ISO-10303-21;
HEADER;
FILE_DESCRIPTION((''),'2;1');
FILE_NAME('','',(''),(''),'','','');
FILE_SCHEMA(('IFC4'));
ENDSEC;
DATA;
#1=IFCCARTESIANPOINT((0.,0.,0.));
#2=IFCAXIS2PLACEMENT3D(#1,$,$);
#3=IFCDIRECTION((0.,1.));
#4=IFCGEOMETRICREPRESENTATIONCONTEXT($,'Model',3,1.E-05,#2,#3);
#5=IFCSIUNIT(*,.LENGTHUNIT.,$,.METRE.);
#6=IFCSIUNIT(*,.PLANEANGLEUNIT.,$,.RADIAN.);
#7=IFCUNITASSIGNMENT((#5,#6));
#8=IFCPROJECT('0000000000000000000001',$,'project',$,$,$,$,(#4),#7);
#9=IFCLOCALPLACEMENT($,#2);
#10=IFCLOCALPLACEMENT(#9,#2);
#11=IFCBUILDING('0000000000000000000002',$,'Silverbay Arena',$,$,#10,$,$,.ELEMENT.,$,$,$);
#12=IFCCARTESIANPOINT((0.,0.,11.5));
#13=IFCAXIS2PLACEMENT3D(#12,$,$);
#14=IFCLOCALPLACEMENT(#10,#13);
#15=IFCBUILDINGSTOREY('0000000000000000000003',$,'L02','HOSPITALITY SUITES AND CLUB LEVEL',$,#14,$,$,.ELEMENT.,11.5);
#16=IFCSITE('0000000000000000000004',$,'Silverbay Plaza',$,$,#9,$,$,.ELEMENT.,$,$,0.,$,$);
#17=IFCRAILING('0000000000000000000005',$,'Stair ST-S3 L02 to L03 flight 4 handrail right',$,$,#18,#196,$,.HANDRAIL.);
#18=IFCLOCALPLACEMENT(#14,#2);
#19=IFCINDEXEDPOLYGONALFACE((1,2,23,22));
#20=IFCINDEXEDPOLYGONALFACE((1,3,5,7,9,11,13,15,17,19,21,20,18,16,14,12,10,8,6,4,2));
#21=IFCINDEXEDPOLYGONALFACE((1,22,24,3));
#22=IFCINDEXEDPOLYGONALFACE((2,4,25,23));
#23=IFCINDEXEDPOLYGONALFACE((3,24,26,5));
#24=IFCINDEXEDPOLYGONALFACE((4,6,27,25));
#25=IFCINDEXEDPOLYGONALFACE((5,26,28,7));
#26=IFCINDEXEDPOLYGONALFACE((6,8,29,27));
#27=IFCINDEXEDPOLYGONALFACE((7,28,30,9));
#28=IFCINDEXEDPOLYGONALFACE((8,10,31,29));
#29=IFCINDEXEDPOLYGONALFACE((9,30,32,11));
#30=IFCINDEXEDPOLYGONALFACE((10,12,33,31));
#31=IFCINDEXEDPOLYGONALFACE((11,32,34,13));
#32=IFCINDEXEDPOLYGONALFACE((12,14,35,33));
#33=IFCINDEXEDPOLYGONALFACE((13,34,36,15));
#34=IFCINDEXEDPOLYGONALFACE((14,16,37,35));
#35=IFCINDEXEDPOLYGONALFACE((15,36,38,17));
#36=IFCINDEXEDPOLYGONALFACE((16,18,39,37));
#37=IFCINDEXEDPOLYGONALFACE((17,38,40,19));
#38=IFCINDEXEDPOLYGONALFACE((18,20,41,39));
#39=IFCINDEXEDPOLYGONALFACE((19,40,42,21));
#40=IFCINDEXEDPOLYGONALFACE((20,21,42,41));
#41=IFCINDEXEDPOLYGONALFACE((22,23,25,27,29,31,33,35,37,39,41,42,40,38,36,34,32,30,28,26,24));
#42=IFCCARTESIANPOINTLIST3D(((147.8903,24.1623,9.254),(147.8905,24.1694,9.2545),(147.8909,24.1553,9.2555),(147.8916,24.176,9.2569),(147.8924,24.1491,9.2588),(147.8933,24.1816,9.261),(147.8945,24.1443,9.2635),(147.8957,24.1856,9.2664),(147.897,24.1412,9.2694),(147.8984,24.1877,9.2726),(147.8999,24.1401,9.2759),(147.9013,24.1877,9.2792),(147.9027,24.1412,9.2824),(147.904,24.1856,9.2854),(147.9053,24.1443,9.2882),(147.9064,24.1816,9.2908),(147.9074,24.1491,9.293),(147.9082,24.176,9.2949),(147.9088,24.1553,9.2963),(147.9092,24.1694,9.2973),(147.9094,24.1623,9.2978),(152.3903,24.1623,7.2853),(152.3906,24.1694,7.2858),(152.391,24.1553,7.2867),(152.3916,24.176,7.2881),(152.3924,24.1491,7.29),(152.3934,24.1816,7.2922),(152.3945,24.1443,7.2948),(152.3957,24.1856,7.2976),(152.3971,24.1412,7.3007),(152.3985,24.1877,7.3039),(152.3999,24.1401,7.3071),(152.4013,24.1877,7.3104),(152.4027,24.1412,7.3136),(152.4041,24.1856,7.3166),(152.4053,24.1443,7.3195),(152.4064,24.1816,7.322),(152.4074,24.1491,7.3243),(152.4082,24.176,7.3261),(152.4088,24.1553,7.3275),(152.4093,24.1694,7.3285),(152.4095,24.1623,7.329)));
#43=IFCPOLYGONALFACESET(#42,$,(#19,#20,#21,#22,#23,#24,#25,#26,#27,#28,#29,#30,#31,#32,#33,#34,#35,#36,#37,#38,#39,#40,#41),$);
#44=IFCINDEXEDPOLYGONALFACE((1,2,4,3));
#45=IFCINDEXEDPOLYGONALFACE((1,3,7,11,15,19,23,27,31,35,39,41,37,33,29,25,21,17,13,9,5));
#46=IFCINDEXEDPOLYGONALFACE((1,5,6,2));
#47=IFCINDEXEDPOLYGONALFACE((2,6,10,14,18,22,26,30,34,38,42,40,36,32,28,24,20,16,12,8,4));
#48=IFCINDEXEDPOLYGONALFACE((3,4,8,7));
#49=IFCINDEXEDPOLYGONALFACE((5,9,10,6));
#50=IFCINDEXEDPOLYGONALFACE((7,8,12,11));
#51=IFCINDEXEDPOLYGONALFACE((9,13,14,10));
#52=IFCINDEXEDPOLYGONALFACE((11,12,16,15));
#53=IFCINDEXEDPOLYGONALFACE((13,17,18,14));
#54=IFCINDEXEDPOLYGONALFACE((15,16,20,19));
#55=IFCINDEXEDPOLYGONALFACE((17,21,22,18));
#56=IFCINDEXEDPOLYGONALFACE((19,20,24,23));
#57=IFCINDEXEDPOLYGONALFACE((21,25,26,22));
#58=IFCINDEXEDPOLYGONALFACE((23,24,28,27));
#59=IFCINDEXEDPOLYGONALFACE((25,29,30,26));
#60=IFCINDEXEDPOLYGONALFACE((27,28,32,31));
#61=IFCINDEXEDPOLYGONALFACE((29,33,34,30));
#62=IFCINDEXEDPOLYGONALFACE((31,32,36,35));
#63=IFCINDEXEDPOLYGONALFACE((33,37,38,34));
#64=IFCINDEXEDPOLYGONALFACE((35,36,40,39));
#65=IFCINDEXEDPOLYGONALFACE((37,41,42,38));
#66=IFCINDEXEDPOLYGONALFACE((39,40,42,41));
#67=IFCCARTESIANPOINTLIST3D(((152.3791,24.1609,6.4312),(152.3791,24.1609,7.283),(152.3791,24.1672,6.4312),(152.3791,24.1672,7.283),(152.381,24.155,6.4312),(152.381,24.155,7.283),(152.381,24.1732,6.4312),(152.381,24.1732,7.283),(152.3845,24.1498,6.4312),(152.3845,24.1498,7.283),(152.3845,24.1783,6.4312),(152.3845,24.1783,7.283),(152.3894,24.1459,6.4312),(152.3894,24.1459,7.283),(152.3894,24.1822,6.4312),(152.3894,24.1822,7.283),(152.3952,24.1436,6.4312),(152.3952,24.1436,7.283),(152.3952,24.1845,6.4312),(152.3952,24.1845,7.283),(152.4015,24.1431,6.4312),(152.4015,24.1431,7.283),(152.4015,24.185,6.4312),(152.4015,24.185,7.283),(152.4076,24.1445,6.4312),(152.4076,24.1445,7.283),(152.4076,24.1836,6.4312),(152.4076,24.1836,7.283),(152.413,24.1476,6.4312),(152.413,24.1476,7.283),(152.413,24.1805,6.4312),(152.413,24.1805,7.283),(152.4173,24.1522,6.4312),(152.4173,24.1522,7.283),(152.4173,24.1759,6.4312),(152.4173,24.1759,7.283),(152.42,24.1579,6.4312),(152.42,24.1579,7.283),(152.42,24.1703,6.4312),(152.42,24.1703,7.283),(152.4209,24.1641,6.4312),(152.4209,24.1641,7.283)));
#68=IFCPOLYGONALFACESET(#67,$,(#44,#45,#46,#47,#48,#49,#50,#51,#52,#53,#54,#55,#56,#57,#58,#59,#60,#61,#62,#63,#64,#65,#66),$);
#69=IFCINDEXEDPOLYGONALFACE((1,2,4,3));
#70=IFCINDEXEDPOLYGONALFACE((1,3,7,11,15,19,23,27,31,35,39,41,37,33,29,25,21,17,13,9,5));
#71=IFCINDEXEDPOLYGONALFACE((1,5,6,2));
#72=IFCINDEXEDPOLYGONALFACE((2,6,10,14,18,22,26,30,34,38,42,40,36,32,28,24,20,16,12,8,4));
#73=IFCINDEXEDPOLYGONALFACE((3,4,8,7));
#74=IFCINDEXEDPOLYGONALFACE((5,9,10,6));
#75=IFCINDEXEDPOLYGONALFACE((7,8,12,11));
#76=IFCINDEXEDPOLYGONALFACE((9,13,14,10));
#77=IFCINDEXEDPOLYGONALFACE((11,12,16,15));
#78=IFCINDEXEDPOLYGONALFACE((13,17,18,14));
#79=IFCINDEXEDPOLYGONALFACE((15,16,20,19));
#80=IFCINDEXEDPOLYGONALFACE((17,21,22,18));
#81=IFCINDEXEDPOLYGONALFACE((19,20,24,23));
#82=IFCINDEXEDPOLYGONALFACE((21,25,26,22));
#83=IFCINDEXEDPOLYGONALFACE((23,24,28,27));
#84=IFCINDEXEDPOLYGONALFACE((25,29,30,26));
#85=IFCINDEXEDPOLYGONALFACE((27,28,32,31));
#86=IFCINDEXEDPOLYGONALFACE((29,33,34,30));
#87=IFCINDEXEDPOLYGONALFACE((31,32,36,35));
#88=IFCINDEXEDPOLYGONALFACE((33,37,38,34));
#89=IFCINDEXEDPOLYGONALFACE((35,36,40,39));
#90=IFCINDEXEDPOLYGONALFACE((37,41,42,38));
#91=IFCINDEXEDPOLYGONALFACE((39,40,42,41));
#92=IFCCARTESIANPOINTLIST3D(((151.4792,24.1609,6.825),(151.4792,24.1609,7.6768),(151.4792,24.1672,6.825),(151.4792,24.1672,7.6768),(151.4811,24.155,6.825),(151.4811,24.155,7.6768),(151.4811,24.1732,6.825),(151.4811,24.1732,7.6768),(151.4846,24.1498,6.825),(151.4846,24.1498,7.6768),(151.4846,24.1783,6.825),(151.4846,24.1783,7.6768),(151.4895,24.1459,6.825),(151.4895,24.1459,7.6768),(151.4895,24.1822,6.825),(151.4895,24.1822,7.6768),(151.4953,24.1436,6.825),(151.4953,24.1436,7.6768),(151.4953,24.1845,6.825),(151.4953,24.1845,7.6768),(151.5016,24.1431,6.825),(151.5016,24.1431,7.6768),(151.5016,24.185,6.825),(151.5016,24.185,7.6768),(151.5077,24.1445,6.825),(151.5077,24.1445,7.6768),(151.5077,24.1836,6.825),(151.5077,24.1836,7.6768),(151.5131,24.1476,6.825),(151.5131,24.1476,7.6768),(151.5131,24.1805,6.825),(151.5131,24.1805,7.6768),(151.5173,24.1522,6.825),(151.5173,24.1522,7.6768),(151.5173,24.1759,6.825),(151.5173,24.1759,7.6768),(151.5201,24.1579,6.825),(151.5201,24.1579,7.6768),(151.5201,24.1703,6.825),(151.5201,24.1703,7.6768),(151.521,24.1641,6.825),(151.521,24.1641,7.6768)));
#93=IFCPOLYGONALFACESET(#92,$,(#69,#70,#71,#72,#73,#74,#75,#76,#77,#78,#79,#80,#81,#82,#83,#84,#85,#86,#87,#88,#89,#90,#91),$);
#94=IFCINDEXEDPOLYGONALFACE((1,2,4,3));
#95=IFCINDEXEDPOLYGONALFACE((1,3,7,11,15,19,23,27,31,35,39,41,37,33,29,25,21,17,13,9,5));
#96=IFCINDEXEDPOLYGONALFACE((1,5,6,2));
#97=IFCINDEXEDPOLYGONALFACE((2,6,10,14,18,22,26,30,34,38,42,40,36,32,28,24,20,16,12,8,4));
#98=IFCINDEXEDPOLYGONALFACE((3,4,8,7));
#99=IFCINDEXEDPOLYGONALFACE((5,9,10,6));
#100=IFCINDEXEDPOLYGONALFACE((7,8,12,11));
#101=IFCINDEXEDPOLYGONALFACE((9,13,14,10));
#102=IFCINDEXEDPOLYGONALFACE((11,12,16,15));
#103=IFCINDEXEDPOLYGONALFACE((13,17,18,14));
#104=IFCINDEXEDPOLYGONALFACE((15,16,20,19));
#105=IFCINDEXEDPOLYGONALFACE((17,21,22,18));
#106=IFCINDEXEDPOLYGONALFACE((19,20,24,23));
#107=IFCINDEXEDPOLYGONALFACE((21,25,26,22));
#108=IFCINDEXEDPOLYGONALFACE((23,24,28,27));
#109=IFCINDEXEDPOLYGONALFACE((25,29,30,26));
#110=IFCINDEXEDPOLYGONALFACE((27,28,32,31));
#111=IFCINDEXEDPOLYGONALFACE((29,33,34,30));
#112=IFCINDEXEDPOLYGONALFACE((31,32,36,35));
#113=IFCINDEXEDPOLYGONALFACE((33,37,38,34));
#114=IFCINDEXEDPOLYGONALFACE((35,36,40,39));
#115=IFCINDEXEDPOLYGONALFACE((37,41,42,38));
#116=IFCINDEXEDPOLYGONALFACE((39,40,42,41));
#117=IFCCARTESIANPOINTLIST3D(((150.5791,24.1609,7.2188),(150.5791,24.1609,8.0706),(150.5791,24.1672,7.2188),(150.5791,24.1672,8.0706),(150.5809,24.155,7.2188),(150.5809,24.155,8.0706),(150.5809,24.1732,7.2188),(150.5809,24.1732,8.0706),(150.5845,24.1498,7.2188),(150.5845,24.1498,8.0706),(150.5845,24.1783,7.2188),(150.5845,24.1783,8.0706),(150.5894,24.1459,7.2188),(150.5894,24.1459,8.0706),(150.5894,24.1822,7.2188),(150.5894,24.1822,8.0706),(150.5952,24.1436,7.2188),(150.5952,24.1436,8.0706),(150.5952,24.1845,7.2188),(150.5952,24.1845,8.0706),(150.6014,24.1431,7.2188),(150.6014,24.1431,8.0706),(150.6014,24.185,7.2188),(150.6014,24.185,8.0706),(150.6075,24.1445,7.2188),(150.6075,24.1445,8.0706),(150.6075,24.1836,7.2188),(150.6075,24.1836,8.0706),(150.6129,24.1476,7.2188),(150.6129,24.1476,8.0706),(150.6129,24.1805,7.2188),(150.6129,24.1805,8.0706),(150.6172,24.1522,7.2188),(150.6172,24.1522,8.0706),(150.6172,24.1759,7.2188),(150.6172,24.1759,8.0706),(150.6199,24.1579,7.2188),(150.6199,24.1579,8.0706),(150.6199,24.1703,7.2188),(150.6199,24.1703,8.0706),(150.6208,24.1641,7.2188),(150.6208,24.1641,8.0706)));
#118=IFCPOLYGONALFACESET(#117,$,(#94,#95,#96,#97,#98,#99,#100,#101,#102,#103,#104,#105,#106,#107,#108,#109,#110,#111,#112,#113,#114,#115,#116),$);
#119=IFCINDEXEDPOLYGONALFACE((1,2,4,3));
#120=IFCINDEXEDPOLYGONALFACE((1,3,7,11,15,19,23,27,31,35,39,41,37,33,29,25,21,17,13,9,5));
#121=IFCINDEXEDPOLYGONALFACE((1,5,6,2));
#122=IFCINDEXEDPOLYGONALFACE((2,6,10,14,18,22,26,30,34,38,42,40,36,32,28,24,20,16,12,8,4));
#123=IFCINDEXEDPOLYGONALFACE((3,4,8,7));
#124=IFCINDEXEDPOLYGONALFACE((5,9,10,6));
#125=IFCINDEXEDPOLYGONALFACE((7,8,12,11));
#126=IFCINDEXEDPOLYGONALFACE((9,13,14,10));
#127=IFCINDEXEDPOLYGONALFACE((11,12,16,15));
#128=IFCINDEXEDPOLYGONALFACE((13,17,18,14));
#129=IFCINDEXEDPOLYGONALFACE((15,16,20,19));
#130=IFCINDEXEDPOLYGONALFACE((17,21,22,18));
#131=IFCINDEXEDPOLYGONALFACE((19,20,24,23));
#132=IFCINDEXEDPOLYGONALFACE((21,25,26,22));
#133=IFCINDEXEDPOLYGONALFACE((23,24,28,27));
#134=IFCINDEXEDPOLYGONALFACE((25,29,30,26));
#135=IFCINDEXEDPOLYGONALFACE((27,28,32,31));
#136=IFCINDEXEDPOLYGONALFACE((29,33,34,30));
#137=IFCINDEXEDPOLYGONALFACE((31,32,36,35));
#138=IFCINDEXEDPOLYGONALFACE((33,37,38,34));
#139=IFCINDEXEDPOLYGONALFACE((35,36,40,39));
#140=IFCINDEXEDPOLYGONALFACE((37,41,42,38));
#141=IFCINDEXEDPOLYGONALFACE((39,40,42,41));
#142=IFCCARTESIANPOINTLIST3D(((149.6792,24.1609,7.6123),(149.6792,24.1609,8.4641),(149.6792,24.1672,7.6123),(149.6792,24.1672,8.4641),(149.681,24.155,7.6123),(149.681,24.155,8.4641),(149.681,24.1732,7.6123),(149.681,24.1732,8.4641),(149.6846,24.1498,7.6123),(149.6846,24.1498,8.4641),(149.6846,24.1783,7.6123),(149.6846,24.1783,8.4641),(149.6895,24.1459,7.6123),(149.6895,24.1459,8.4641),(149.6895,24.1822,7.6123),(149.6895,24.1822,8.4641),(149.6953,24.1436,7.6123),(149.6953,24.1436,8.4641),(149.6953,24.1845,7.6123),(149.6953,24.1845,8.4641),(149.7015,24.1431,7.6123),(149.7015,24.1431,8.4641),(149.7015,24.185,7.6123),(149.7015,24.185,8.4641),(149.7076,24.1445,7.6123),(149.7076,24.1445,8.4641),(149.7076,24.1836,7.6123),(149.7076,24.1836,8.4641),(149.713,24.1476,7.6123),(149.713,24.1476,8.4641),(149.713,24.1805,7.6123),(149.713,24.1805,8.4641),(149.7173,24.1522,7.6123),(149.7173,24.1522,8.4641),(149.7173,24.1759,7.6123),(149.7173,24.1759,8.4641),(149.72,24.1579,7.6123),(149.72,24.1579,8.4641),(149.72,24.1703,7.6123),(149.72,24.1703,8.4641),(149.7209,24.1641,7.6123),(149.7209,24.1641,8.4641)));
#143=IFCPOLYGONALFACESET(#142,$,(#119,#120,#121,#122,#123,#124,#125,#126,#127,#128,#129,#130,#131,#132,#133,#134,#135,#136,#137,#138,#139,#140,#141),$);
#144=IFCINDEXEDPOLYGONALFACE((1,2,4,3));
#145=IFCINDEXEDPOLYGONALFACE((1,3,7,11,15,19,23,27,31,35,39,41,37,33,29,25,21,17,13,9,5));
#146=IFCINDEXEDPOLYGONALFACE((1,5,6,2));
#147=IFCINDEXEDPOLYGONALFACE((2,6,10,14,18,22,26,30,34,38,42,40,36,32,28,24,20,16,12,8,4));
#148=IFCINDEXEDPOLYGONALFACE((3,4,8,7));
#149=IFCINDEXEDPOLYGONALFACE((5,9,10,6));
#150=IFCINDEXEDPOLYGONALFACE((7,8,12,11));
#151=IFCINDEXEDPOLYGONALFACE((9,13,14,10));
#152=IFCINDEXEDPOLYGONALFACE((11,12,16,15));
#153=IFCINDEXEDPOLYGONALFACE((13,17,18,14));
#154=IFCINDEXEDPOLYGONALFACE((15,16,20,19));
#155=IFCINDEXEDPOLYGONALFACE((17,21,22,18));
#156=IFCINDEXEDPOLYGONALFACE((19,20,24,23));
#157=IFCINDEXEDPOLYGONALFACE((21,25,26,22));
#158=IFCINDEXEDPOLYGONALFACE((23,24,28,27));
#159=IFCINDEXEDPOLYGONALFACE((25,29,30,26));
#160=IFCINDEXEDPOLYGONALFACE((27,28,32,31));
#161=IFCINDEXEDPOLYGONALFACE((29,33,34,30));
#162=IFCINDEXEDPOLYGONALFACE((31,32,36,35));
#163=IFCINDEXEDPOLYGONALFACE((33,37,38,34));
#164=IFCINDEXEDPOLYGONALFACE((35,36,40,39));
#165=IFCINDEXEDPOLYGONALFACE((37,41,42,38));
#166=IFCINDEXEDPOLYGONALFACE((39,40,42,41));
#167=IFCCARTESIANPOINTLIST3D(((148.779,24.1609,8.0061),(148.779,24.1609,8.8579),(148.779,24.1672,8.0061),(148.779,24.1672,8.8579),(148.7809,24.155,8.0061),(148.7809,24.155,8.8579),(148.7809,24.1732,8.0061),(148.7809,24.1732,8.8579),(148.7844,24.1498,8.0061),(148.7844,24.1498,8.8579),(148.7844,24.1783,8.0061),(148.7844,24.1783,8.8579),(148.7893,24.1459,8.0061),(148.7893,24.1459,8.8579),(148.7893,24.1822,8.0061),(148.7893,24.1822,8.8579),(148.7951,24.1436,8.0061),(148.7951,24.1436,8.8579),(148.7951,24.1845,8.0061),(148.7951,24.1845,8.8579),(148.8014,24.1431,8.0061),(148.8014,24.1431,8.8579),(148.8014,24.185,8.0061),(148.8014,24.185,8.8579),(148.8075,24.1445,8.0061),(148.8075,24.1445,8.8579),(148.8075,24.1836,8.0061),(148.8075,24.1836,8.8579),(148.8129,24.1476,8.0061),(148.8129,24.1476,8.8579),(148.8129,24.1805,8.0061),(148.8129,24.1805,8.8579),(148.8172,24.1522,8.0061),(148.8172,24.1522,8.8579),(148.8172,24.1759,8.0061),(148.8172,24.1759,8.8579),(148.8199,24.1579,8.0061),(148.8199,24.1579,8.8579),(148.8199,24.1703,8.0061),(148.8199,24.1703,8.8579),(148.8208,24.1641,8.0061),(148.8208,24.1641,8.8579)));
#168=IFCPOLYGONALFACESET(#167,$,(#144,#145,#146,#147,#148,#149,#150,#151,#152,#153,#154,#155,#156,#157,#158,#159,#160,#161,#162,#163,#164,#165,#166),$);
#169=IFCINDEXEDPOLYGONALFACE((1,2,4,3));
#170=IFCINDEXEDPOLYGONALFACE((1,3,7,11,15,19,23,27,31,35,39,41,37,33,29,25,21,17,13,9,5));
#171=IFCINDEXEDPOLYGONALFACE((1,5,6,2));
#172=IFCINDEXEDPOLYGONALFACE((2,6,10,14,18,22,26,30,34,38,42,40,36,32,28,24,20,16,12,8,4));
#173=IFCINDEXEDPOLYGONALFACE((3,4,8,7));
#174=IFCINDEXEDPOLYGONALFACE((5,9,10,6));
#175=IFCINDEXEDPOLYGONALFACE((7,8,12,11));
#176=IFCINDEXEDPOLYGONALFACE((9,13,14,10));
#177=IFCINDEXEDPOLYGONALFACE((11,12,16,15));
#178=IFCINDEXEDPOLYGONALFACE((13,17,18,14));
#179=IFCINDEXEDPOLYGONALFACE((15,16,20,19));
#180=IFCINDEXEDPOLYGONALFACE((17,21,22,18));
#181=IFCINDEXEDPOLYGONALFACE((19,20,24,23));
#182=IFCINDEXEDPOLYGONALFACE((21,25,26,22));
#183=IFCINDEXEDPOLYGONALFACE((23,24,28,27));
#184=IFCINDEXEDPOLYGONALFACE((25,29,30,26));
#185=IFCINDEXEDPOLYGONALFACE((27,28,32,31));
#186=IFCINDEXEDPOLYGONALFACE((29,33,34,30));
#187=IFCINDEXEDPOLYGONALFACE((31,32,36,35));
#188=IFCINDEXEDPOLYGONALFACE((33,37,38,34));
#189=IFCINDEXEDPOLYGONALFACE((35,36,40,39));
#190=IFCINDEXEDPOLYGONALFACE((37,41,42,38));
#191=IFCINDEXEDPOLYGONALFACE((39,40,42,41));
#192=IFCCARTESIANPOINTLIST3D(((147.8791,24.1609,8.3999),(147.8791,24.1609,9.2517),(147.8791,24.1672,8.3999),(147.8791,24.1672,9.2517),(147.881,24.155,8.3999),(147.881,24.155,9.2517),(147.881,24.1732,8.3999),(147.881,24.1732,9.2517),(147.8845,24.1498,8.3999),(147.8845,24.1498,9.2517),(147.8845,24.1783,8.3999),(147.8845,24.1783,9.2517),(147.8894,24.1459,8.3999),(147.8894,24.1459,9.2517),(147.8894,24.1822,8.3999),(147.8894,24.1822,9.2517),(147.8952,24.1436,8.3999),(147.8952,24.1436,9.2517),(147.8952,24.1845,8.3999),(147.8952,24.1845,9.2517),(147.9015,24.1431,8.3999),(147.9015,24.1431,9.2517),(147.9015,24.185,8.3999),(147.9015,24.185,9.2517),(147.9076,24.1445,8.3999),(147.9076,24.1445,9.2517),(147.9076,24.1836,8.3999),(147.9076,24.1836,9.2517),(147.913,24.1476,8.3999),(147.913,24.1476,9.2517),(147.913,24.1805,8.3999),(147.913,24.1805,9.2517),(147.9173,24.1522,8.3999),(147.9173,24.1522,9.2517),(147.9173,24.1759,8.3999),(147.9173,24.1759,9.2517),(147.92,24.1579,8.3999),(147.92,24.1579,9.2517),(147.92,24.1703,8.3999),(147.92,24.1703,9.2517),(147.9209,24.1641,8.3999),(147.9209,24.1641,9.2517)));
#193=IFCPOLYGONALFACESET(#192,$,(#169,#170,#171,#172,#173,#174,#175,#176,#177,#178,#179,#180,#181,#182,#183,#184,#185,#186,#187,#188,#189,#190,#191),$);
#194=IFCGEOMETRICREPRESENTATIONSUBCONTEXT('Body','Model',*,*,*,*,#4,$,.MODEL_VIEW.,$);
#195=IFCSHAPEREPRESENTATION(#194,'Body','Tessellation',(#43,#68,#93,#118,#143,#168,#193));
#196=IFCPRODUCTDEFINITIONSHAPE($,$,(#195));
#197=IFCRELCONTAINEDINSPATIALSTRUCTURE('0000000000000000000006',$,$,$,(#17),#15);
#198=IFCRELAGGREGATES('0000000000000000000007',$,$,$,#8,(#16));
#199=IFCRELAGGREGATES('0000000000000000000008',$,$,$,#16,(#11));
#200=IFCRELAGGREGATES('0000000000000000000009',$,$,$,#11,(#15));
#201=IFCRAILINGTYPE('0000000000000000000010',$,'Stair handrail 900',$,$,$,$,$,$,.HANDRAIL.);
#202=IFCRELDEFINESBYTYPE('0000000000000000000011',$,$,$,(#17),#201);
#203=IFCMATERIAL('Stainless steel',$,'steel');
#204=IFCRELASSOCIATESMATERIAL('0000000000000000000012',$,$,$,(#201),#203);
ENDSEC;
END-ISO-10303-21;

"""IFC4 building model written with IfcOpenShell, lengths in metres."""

from ifc_helpers import new_model, si_unit, direction, frame, origin, origin_2d, place, context, subcontext, project, spatial, circle, extrude, material, type_object, element, save


model = new_model("IFC4")

# Units and contexts
model_context = context("Model", 3, precision=1e-05, world=origin(), true_north=direction((0.0, 1.0)))
body_context = subcontext(model_context, "Body", "Model", "MODEL_VIEW")
ifc_project = project(units=[si_unit("LENGTHUNIT", "METRE"), si_unit("PLANEANGLEUNIT", "RADIAN")], contexts=[model_context])

# Site, building, storey
site_placement = place(None, origin())
site = spatial("IfcSite", under=ifc_project, at=site_placement, Name="Silverbay Plaza", CompositionType="ELEMENT", RefElevation=0.0)
building_placement = place(site_placement, origin())
building = spatial("IfcBuilding", under=site, at=building_placement, Name="Silverbay Arena", CompositionType="ELEMENT")
storey_placement = place(building_placement, frame((0.0, 0.0, 11.5)))
storey = spatial("IfcBuildingStorey", under=building, at=storey_placement, Name="L02", Description="HOSPITALITY SUITES AND CLUB LEVEL", CompositionType="ELEMENT", Elevation=11.5)

# Railing
ifc_material_1 = material(Name="Stainless steel", Category="steel")
railing_type_1 = type_object("IfcRailingType", Name="Stair handrail 900", PredefinedType="HANDRAIL", material=ifc_material_1)
for number, where, name in (
    (1, (152.3999, 24.1641, 6.4312), "Stair ST-S3 L02 to L03 flight 4 handrail right"),
):
    element("IfcRailing", number, at=place(storey_placement, frame(where)), inside=storey, type_object=railing_type_1, Name=name, PredefinedType="HANDRAIL", context=body_context, shape_type="SweptSolid", body=[
        extrude(circle(Radius=0.0239, at=origin_2d()), frame((0.0, 0.0, 0.876), z_axis=(-0.916157, 0.0, 0.400819), x_axis=(0.0, -1.0, 0.0)), (0.0, 0.0, 1.0), 4.9119),
        extrude(circle(Radius=0.021, at=origin_2d()), origin(), (0.0, 0.0, 1.0), 0.8518),
        extrude(circle(Radius=0.021, at=origin_2d()), frame((-0.8999, 0.0, 0.3938)), (0.0, 0.0, 1.0), 0.8518),
        extrude(circle(Radius=0.021, at=origin_2d()), frame((-1.8, 0.0, 0.7876)), (0.0, 0.0, 1.0), 0.8518),
        extrude(circle(Radius=0.021, at=origin_2d()), frame((-2.7, 0.0, 1.1812)), (0.0, 0.0, 1.0), 0.8518),
        extrude(circle(Radius=0.021, at=origin_2d()), frame((-3.6001, 0.0, 1.575)), (0.0, 0.0, 1.0), 0.8518),
        extrude(circle(Radius=0.021, at=origin_2d()), frame((-4.5, 0.0, 1.9688)), (0.0, 0.0, 1.0), 0.8518),
    ])

save(model, "model.ifc")
